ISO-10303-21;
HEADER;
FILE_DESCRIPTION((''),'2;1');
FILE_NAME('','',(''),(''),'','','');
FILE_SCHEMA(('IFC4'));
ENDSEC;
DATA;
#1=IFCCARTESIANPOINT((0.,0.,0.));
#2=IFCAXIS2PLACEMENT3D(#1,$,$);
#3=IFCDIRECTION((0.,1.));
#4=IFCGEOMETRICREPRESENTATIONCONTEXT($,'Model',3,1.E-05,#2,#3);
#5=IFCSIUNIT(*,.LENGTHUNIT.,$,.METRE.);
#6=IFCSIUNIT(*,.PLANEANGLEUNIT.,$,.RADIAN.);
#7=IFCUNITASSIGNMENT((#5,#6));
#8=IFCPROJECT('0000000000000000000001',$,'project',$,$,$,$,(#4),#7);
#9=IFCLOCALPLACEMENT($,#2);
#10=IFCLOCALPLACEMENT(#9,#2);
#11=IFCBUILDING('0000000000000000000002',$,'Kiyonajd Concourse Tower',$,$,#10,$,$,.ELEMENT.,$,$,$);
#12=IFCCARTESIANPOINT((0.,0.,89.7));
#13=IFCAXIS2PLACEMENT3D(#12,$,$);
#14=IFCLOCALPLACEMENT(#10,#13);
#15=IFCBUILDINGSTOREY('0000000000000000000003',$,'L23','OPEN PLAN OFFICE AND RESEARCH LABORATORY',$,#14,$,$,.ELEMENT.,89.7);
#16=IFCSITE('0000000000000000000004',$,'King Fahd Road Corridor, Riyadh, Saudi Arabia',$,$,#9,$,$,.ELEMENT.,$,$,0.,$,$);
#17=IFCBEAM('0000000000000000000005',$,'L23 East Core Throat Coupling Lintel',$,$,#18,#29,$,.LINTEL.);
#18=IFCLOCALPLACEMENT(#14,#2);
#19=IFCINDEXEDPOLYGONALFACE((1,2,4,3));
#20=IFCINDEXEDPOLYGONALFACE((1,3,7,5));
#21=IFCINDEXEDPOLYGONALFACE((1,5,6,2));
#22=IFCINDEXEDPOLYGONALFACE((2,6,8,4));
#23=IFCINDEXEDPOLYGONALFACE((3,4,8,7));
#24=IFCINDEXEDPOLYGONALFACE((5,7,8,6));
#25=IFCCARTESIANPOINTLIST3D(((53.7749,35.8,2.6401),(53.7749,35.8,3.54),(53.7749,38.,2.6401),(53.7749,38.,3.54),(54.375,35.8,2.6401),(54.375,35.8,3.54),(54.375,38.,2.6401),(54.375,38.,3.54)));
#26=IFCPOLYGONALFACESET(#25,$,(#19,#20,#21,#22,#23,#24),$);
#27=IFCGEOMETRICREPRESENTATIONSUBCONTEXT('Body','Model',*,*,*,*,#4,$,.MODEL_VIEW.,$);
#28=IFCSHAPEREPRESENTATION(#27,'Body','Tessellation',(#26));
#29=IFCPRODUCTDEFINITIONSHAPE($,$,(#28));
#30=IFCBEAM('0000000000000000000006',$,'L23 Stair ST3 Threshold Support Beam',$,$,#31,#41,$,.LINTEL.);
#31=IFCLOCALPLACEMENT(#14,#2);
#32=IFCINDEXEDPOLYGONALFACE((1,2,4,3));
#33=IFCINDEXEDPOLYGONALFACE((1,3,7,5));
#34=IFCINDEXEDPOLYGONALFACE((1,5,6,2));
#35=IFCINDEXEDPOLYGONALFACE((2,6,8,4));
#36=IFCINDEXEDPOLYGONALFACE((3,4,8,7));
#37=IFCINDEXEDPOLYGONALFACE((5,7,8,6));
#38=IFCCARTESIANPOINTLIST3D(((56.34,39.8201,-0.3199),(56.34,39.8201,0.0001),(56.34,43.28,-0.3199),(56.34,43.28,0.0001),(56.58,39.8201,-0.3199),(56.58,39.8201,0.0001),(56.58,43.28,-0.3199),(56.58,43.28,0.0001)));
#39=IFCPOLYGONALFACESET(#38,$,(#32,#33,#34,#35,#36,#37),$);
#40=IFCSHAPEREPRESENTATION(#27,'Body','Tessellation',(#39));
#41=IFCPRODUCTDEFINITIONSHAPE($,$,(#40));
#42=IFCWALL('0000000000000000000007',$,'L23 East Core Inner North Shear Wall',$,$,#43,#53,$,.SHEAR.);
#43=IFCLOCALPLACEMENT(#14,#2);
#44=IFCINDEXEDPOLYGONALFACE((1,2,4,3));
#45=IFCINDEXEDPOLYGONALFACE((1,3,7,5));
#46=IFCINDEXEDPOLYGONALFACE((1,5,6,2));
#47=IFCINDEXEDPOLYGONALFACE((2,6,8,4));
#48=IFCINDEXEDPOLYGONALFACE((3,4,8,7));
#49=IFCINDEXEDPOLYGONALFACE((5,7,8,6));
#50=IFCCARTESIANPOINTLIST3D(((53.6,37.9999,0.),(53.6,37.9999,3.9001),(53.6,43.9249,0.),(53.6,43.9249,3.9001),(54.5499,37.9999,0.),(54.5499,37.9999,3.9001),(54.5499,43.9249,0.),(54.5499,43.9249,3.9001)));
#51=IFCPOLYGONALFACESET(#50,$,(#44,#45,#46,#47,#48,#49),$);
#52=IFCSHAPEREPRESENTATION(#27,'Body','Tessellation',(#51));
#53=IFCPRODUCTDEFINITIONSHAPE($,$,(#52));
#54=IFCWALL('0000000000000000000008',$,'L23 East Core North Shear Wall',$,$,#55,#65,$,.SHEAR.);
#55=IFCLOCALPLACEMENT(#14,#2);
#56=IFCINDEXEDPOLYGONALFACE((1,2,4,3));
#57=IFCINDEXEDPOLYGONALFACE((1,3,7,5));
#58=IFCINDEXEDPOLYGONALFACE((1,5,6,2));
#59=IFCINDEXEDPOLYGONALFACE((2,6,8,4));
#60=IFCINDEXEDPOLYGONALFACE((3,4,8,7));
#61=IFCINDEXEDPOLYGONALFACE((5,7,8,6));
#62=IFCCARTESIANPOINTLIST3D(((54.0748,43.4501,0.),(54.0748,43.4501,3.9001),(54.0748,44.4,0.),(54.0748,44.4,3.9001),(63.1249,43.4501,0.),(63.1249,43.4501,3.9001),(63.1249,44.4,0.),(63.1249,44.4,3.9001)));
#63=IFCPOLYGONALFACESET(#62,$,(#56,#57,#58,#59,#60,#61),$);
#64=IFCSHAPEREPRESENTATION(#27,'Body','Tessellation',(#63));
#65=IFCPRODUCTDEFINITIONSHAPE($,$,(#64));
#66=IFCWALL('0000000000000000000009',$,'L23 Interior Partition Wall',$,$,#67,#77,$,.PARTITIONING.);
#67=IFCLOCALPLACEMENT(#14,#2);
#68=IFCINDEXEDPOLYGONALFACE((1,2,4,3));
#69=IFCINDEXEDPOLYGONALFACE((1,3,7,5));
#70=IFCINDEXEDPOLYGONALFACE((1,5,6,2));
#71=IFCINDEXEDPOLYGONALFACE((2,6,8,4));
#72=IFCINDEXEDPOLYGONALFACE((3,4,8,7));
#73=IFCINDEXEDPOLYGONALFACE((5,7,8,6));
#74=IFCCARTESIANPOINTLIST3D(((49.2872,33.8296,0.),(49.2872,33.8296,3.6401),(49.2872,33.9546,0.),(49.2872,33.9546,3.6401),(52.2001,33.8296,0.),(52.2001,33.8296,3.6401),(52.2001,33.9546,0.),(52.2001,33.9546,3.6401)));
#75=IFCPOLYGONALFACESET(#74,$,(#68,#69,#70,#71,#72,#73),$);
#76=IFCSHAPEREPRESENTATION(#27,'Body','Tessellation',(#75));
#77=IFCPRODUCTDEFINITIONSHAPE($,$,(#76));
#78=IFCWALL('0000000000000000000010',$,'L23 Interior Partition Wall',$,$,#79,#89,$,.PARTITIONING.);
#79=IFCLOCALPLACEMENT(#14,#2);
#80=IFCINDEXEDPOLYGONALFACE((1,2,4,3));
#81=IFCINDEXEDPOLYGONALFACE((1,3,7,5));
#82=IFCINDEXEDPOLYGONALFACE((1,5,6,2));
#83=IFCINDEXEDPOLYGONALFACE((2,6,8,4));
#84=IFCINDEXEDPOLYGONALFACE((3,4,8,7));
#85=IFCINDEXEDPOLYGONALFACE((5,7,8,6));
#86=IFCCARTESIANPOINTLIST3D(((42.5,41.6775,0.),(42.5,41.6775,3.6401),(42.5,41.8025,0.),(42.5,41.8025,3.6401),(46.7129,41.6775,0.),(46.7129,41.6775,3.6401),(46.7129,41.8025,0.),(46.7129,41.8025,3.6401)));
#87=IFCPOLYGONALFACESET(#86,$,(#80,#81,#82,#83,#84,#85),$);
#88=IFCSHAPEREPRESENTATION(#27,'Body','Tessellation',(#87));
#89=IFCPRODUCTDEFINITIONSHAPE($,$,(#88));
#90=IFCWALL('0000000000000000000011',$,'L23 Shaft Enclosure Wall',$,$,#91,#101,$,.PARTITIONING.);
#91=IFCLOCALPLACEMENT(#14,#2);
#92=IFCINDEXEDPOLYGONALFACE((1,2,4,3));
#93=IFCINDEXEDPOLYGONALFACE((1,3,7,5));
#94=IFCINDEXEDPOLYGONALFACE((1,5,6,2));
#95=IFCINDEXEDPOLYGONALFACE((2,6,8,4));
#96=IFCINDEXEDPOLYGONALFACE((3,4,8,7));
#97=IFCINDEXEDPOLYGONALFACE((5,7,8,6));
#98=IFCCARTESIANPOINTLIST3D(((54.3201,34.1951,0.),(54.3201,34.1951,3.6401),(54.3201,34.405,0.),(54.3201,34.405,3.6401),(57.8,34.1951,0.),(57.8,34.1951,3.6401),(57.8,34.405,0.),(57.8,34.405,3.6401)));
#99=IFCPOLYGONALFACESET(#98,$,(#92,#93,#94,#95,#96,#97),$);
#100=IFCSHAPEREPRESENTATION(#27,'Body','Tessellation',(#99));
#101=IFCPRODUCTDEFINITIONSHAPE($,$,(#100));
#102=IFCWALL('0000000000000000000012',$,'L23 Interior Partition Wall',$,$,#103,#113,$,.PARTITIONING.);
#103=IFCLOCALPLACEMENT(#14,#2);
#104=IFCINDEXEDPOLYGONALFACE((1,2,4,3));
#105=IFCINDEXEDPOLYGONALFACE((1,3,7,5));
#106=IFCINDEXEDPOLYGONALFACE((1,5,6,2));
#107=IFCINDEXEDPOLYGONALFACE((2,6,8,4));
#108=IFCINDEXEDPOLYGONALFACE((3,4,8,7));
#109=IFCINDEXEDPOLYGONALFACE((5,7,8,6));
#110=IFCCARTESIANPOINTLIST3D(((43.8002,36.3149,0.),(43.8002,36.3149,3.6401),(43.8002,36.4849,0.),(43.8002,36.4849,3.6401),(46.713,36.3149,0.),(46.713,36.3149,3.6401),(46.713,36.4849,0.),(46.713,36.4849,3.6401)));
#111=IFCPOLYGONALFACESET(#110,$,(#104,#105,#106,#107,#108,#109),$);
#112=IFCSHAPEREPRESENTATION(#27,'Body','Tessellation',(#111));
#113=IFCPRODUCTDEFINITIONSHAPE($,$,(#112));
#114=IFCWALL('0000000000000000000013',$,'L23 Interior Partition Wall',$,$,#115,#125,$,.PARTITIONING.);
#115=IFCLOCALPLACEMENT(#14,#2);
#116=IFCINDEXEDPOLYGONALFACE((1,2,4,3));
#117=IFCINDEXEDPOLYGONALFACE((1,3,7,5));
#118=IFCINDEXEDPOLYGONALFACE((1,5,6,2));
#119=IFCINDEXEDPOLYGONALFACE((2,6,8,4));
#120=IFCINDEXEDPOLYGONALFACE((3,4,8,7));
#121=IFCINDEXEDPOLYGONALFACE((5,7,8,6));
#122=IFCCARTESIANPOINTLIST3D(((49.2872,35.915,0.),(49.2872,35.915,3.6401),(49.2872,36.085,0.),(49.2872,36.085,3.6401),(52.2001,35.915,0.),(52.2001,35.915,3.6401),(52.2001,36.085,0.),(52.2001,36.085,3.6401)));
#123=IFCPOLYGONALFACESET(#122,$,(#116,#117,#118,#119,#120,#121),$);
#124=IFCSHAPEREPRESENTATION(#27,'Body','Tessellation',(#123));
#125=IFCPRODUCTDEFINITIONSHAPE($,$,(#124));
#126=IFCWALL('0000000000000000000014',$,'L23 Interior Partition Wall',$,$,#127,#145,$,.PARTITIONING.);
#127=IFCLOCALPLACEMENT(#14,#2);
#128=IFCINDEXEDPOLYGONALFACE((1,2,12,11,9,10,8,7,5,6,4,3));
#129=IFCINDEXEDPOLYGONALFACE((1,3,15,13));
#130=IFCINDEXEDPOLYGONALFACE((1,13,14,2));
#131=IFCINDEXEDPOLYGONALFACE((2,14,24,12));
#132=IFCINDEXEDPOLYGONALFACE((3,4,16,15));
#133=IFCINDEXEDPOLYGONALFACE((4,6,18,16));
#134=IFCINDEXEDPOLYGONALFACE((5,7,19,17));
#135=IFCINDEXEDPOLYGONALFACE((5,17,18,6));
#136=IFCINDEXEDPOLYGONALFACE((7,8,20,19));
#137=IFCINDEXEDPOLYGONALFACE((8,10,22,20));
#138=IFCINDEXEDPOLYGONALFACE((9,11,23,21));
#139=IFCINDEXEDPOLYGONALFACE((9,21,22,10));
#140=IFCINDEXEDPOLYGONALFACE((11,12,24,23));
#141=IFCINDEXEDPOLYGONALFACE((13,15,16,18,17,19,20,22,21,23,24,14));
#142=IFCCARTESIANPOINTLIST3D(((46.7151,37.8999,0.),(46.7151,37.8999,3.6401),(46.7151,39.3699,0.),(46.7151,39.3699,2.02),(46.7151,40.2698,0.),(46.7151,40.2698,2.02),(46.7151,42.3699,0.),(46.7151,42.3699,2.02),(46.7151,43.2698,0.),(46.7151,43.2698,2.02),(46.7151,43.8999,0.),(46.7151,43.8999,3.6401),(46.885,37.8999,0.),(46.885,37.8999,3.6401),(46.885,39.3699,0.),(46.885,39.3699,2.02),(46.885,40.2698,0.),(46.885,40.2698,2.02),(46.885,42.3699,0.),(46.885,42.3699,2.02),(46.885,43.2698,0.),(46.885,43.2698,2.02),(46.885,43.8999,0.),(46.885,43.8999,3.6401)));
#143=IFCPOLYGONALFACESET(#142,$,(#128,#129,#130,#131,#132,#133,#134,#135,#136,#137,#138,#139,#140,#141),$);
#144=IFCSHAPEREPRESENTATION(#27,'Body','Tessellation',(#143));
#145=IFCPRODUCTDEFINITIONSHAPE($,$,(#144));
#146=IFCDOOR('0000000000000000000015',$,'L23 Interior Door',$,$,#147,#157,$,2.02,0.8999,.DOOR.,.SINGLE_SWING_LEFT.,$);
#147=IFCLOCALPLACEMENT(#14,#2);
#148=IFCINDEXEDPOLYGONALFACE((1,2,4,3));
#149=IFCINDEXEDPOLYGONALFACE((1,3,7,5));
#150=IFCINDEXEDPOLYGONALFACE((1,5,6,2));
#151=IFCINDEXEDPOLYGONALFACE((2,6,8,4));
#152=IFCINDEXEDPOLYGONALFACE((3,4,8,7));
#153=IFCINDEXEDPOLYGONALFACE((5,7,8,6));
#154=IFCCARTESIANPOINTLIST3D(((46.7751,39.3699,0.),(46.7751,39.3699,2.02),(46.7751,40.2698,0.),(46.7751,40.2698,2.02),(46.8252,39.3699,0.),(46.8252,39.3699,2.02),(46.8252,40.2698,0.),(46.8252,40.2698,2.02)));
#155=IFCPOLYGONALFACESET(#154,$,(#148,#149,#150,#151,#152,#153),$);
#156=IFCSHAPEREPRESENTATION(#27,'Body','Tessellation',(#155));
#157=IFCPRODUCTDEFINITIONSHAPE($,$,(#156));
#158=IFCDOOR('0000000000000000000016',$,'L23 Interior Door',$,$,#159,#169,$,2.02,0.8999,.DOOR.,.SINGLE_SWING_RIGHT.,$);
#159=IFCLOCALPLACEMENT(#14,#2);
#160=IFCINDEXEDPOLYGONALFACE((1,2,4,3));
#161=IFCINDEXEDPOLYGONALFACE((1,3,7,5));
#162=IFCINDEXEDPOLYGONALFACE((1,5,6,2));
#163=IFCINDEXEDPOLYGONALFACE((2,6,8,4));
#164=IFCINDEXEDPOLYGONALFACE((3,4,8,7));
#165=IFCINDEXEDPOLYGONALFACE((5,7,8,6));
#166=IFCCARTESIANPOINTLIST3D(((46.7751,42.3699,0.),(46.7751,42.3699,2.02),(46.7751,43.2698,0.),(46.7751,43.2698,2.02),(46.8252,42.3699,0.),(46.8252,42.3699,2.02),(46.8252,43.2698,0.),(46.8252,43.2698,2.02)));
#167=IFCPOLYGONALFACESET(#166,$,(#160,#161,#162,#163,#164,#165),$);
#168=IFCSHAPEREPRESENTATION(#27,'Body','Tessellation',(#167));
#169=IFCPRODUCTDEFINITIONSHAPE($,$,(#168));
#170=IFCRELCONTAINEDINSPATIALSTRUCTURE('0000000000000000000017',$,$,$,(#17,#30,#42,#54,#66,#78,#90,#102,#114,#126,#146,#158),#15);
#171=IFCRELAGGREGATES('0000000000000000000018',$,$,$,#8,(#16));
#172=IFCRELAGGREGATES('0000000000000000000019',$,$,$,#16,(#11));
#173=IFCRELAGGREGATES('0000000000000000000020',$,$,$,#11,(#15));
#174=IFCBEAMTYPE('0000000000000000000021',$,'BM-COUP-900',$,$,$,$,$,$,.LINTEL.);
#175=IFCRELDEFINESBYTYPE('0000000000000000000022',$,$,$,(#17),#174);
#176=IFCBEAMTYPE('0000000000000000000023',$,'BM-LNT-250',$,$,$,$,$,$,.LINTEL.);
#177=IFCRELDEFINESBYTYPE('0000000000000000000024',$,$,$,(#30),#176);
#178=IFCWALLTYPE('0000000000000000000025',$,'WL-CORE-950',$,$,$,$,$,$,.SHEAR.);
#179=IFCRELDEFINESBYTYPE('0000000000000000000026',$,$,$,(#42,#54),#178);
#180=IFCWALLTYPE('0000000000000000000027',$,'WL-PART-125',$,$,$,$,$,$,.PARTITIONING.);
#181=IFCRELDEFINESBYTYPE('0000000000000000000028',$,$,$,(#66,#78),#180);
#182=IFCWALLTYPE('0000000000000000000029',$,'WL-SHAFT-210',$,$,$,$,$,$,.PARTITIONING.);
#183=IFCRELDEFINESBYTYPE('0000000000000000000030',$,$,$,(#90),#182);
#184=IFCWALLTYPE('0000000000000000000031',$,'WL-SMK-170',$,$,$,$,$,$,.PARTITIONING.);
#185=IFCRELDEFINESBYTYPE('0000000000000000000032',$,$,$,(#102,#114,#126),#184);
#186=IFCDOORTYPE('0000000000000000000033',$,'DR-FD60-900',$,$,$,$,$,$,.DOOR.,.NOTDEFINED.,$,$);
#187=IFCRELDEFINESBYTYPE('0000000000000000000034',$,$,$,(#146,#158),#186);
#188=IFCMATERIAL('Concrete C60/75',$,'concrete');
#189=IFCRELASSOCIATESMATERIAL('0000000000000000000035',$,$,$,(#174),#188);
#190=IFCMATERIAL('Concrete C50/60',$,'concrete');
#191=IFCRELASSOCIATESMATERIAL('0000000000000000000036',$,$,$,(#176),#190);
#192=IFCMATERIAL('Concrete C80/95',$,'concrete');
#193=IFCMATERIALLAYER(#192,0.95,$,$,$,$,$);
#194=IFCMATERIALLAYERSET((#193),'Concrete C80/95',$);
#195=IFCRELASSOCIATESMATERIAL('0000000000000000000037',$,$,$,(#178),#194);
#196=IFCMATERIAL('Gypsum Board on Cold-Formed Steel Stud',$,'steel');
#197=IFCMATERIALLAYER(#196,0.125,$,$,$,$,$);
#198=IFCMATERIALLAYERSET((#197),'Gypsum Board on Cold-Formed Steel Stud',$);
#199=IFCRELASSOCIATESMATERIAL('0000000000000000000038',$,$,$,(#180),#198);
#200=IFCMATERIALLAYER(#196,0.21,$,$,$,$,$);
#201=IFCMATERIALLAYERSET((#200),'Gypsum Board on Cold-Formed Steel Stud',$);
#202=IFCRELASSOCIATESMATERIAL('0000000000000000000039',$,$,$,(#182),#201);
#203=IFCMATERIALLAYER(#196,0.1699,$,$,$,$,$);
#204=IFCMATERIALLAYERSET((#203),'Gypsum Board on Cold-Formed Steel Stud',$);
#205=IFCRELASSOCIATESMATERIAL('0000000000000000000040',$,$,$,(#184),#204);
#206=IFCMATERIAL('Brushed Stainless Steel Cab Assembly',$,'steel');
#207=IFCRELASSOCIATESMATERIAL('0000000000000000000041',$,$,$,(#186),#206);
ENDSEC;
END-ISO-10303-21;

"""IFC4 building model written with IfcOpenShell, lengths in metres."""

from ifc_helpers import new_model, si_unit, direction, frame, frame_2d, origin, origin_2d, place, context, subcontext, project, spatial, rectangle, extrude, material, layer, layer_set, material_profile, profile_set, type_object, element, fill, save


model = new_model("IFC4")

# Units and contexts
model_context = context("Model", 3, precision=1e-05, world=origin(), true_north=direction((0.0, 1.0)))
body_context = subcontext(model_context, "Body", "Model", "MODEL_VIEW")
ifc_project = project(units=[si_unit("LENGTHUNIT", "METRE"), si_unit("PLANEANGLEUNIT", "RADIAN")], contexts=[model_context])

# Site, building, storey
site_placement = place(None, origin())
site = spatial("IfcSite", under=ifc_project, at=site_placement, Name="King Fahd Road Corridor, Riyadh, Saudi Arabia", CompositionType="ELEMENT", RefElevation=0.0)
building_placement = place(site_placement, origin())
building = spatial("IfcBuilding", under=site, at=building_placement, Name="Kiyonajd Concourse Tower", CompositionType="ELEMENT")
storey_placement = place(building_placement, frame((0.0, 0.0, 89.7)))
storey = spatial("IfcBuildingStorey", under=building, at=storey_placement, Name="L23", Description="OPEN PLAN OFFICE AND RESEARCH LABORATORY", CompositionType="ELEMENT", Elevation=89.7)

# Beams
ifc_material_1 = material(Name="Concrete C60/75", Category="concrete")
ifc_material_profile_1 = material_profile(ifc_material_1, rectangle(XDim=0.6001, YDim=0.8999, at=origin_2d()), Name="RCBM-600x900")
ifc_profile_set_1 = profile_set([ifc_material_profile_1], Name="Concrete C60/75")
beam_type_1 = type_object("IfcBeamType", Name="BM-COUP-900", PredefinedType="LINTEL", material=ifc_profile_set_1)
beam_1_placement = place(storey_placement, frame((54.075, 35.8, 3.0901), z_axis=(0.0, 1.0, 0.0), x_axis=(-1.0, 0.0, 0.0)))
element("IfcBeam", 1, at=beam_1_placement, inside=storey, type_object=beam_type_1, Name="L23 East Core Throat Coupling Lintel", PredefinedType="LINTEL", context=body_context, shape_type="SweptSolid", body=[
    extrude(rectangle(XDim=0.6001, YDim=0.8999, at=origin_2d()), origin(), (0.0, 0.0, 1.0), 2.2),
])
ifc_material_2 = material(Name="Concrete C50/60", Category="concrete")
ifc_material_profile_2 = material_profile(ifc_material_2, rectangle(XDim=0.24, YDim=0.3201, at=origin_2d()), Name="RCBM-240x320")
ifc_profile_set_2 = profile_set([ifc_material_profile_2], Name="Concrete C50/60")
beam_type_2 = type_object("IfcBeamType", Name="BM-LNT-250", PredefinedType="LINTEL", material=ifc_profile_set_2)
beam_2_placement = place(storey_placement, frame((56.46, 39.8201, -0.1599), z_axis=(0.0, 1.0, 0.0), x_axis=(-1.0, 0.0, 0.0)))
element("IfcBeam", 2, at=beam_2_placement, inside=storey, type_object=beam_type_2, Name="L23 Stair ST3 Threshold Support Beam", PredefinedType="LINTEL", context=body_context, shape_type="SweptSolid", body=[
    extrude(rectangle(XDim=0.24, YDim=0.3201, at=origin_2d()), origin(), (0.0, 0.0, 1.0), 3.46),
])

# Walls
ifc_material_3 = material(Name="Concrete C80/95", Category="concrete")
ifc_layer_1 = layer(ifc_material_3, 0.95)
ifc_layer_set_1 = layer_set([ifc_layer_1], Name="Concrete C80/95")
wall_type_1 = type_object("IfcWallType", Name="WL-CORE-950", PredefinedType="SHEAR", material=ifc_layer_set_1)
wall_1_placement = place(storey_placement, frame((54.075, 38.0, 0.0), z_axis=(0.0, 0.0, 1.0), x_axis=(0.0, 1.0, 0.0)))
element("IfcWall", 3, at=wall_1_placement, inside=storey, type_object=wall_type_1, Name="L23 East Core Inner North Shear Wall", PredefinedType="SHEAR", context=body_context, shape_type="SweptSolid", body=[
    extrude(rectangle(XDim=5.925, YDim=0.95, at=frame_2d((2.9624, 0.0))), origin(), (0.0, 0.0, 1.0), 3.9001),
])
wall_2_placement = place(storey_placement, frame((54.075, 43.925, 0.0), z_axis=(0.0, 0.0, 1.0), x_axis=(1.0, 0.0, 0.0)))
element("IfcWall", 4, at=wall_2_placement, inside=storey, type_object=wall_type_1, Name="L23 East Core North Shear Wall", PredefinedType="SHEAR", context=body_context, shape_type="SweptSolid", body=[
    extrude(rectangle(XDim=9.05, YDim=0.95, at=frame_2d((4.5249, 0.0))), origin(), (0.0, 0.0, 1.0), 3.9001),
])
ifc_material_4 = material(Name="Gypsum Board on Cold-Formed Steel Stud", Category="steel")
ifc_layer_2 = layer(ifc_material_4, 0.125)
ifc_layer_set_2 = layer_set([ifc_layer_2], Name="Gypsum Board on Cold-Formed Steel Stud")
wall_type_2 = type_object("IfcWallType", Name="WL-PART-125", PredefinedType="PARTITIONING", material=ifc_layer_set_2)
wall_3_placement = place(storey_placement, frame((49.2871, 33.8921, 0.0), z_axis=(0.0, 0.0, 1.0), x_axis=(1.0, 0.0, 0.0)))
element("IfcWall", 5, at=wall_3_placement, inside=storey, type_object=wall_type_2, Name="L23 Interior Partition Wall", PredefinedType="PARTITIONING", context=body_context, shape_type="SweptSolid", body=[
    extrude(rectangle(XDim=2.9128, YDim=0.125, at=frame_2d((1.4565, 0.0))), origin(), (0.0, 0.0, 1.0), 3.6401),
])
wall_4_placement = place(storey_placement, frame((42.5, 41.74, 0.0), z_axis=(0.0, 0.0, 1.0), x_axis=(1.0, 0.0, 0.0)))
element("IfcWall", 6, at=wall_4_placement, inside=storey, type_object=wall_type_2, Name="L23 Interior Partition Wall", PredefinedType="PARTITIONING", context=body_context, shape_type="SweptSolid", body=[
    extrude(rectangle(XDim=4.2129, YDim=0.125, at=frame_2d((2.1064, 0.0))), origin(), (0.0, 0.0, 1.0), 3.6401),
])
ifc_layer_3 = layer(ifc_material_4, 0.21)
ifc_layer_set_3 = layer_set([ifc_layer_3], Name="Gypsum Board on Cold-Formed Steel Stud")
wall_type_3 = type_object("IfcWallType", Name="WL-SHAFT-210", PredefinedType="PARTITIONING", material=ifc_layer_set_3)
wall_5_placement = place(storey_placement, frame((54.3201, 34.3, 0.0), z_axis=(0.0, 0.0, 1.0), x_axis=(1.0, 0.0, 0.0)))
element("IfcWall", 7, at=wall_5_placement, inside=storey, type_object=wall_type_3, Name="L23 Shaft Enclosure Wall", PredefinedType="PARTITIONING", context=body_context, shape_type="SweptSolid", body=[
    extrude(rectangle(XDim=3.48, YDim=0.21, at=frame_2d((1.74, 0.0))), origin(), (0.0, 0.0, 1.0), 3.6401),
])
ifc_layer_4 = layer(ifc_material_4, 0.1699)
ifc_layer_set_4 = layer_set([ifc_layer_4], Name="Gypsum Board on Cold-Formed Steel Stud")
wall_type_4 = type_object("IfcWallType", Name="WL-SMK-170", PredefinedType="PARTITIONING", material=ifc_layer_set_4)
for number, where, z_axis, x_axis, name in (
    (8, (43.8, 36.3999, 0.0), (0.0, 0.0, 1.0), (1.0, 0.0, 0.0), "L23 Interior Partition Wall"),
    (9, (49.2871, 36.0, 0.0), (0.0, 0.0, 1.0), (1.0, 0.0, 0.0), "L23 Interior Partition Wall"),
):
    element("IfcWall", number, at=place(storey_placement, frame(where, z_axis=z_axis, x_axis=x_axis)), inside=storey, type_object=wall_type_4, Name=name, PredefinedType="PARTITIONING", context=body_context, shape_type="SweptSolid", body=[
        extrude(rectangle(XDim=2.9128, YDim=0.1699, at=frame_2d((1.4565, 0.0))), origin(), (0.0, 0.0, 1.0), 3.6401),
    ])

# Wall, openings, doors
wall_6_placement = place(storey_placement, frame((46.8, 37.8999, 0.0), z_axis=(0.0, 0.0, 1.0), x_axis=(0.0, 1.0, 0.0)))
wall_6 = element("IfcWall", 10, at=wall_6_placement, inside=storey, type_object=wall_type_4, Name="L23 Interior Partition Wall", PredefinedType="PARTITIONING", context=body_context, shape_type="SweptSolid", body=[
    extrude(rectangle(XDim=6.0, YDim=0.1699, at=frame_2d((3.0, 0.0))), origin(), (0.0, 0.0, 1.0), 3.6401),
])
opening_1_placement = place(wall_6_placement, frame((1.47, 0.0, 0.0)))
opening_1 = element("IfcOpeningElement", 11, at=opening_1_placement, cuts=wall_6, PredefinedType="OPENING", context=body_context, shape_type="SweptSolid", body=[
    extrude(rectangle(XDim=0.8999, YDim=2.02, at=frame_2d((0.45, 1.01))), frame((0.0, 0.095, 0.0), z_axis=(0.0, -1.0, 0.0), x_axis=(1.0, 0.0, 0.0)), (0.0, 0.0, 1.0), 0.1899),
])
opening_2_placement = place(wall_6_placement, frame((4.47, 0.0, 0.0)))
opening_2 = element("IfcOpeningElement", 12, at=opening_2_placement, cuts=wall_6, PredefinedType="OPENING", context=body_context, shape_type="SweptSolid", body=[
    extrude(rectangle(XDim=0.8999, YDim=2.02, at=frame_2d((0.45, 1.01))), frame((0.0, 0.095, 0.0), z_axis=(0.0, -1.0, 0.0), x_axis=(1.0, 0.0, 0.0)), (0.0, 0.0, 1.0), 0.1899),
])
ifc_material_5 = material(Name="Brushed Stainless Steel Cab Assembly", Category="steel")
door_type_1 = type_object("IfcDoorType", Name="DR-FD60-900", OperationType="NOTDEFINED", PredefinedType="DOOR", material=ifc_material_5)
door_1_placement = place(opening_1_placement, origin())
door_1 = element("IfcDoor", 13, at=door_1_placement, inside=storey, type_object=door_type_1, Name="L23 Interior Door", OperationType="SINGLE_SWING_LEFT", OverallHeight=2.02, OverallWidth=0.8999, PredefinedType="DOOR", context=body_context, shape_type="SweptSolid", body=[
    extrude(rectangle(XDim=0.8999, YDim=2.02, at=frame_2d((0.45, 1.01))), frame((0.0, 0.0249, 0.0), z_axis=(0.0, -1.0, 0.0), x_axis=(1.0, 0.0, 0.0)), (0.0, 0.0, 1.0), 0.05),
])
fill(opening_1, door_1)
door_2_placement = place(opening_2_placement, origin())
door_2 = element("IfcDoor", 14, at=door_2_placement, inside=storey, type_object=door_type_1, Name="L23 Interior Door", OperationType="SINGLE_SWING_RIGHT", OverallHeight=2.02, OverallWidth=0.8999, PredefinedType="DOOR", context=body_context, shape_type="SweptSolid", body=[
    extrude(rectangle(XDim=0.8999, YDim=2.02, at=frame_2d((0.45, 1.01))), frame((0.0, 0.0249, 0.0), z_axis=(0.0, -1.0, 0.0), x_axis=(1.0, 0.0, 0.0)), (0.0, 0.0, 1.0), 0.05),
])
fill(opening_2, door_2)

save(model, "model.ifc")
